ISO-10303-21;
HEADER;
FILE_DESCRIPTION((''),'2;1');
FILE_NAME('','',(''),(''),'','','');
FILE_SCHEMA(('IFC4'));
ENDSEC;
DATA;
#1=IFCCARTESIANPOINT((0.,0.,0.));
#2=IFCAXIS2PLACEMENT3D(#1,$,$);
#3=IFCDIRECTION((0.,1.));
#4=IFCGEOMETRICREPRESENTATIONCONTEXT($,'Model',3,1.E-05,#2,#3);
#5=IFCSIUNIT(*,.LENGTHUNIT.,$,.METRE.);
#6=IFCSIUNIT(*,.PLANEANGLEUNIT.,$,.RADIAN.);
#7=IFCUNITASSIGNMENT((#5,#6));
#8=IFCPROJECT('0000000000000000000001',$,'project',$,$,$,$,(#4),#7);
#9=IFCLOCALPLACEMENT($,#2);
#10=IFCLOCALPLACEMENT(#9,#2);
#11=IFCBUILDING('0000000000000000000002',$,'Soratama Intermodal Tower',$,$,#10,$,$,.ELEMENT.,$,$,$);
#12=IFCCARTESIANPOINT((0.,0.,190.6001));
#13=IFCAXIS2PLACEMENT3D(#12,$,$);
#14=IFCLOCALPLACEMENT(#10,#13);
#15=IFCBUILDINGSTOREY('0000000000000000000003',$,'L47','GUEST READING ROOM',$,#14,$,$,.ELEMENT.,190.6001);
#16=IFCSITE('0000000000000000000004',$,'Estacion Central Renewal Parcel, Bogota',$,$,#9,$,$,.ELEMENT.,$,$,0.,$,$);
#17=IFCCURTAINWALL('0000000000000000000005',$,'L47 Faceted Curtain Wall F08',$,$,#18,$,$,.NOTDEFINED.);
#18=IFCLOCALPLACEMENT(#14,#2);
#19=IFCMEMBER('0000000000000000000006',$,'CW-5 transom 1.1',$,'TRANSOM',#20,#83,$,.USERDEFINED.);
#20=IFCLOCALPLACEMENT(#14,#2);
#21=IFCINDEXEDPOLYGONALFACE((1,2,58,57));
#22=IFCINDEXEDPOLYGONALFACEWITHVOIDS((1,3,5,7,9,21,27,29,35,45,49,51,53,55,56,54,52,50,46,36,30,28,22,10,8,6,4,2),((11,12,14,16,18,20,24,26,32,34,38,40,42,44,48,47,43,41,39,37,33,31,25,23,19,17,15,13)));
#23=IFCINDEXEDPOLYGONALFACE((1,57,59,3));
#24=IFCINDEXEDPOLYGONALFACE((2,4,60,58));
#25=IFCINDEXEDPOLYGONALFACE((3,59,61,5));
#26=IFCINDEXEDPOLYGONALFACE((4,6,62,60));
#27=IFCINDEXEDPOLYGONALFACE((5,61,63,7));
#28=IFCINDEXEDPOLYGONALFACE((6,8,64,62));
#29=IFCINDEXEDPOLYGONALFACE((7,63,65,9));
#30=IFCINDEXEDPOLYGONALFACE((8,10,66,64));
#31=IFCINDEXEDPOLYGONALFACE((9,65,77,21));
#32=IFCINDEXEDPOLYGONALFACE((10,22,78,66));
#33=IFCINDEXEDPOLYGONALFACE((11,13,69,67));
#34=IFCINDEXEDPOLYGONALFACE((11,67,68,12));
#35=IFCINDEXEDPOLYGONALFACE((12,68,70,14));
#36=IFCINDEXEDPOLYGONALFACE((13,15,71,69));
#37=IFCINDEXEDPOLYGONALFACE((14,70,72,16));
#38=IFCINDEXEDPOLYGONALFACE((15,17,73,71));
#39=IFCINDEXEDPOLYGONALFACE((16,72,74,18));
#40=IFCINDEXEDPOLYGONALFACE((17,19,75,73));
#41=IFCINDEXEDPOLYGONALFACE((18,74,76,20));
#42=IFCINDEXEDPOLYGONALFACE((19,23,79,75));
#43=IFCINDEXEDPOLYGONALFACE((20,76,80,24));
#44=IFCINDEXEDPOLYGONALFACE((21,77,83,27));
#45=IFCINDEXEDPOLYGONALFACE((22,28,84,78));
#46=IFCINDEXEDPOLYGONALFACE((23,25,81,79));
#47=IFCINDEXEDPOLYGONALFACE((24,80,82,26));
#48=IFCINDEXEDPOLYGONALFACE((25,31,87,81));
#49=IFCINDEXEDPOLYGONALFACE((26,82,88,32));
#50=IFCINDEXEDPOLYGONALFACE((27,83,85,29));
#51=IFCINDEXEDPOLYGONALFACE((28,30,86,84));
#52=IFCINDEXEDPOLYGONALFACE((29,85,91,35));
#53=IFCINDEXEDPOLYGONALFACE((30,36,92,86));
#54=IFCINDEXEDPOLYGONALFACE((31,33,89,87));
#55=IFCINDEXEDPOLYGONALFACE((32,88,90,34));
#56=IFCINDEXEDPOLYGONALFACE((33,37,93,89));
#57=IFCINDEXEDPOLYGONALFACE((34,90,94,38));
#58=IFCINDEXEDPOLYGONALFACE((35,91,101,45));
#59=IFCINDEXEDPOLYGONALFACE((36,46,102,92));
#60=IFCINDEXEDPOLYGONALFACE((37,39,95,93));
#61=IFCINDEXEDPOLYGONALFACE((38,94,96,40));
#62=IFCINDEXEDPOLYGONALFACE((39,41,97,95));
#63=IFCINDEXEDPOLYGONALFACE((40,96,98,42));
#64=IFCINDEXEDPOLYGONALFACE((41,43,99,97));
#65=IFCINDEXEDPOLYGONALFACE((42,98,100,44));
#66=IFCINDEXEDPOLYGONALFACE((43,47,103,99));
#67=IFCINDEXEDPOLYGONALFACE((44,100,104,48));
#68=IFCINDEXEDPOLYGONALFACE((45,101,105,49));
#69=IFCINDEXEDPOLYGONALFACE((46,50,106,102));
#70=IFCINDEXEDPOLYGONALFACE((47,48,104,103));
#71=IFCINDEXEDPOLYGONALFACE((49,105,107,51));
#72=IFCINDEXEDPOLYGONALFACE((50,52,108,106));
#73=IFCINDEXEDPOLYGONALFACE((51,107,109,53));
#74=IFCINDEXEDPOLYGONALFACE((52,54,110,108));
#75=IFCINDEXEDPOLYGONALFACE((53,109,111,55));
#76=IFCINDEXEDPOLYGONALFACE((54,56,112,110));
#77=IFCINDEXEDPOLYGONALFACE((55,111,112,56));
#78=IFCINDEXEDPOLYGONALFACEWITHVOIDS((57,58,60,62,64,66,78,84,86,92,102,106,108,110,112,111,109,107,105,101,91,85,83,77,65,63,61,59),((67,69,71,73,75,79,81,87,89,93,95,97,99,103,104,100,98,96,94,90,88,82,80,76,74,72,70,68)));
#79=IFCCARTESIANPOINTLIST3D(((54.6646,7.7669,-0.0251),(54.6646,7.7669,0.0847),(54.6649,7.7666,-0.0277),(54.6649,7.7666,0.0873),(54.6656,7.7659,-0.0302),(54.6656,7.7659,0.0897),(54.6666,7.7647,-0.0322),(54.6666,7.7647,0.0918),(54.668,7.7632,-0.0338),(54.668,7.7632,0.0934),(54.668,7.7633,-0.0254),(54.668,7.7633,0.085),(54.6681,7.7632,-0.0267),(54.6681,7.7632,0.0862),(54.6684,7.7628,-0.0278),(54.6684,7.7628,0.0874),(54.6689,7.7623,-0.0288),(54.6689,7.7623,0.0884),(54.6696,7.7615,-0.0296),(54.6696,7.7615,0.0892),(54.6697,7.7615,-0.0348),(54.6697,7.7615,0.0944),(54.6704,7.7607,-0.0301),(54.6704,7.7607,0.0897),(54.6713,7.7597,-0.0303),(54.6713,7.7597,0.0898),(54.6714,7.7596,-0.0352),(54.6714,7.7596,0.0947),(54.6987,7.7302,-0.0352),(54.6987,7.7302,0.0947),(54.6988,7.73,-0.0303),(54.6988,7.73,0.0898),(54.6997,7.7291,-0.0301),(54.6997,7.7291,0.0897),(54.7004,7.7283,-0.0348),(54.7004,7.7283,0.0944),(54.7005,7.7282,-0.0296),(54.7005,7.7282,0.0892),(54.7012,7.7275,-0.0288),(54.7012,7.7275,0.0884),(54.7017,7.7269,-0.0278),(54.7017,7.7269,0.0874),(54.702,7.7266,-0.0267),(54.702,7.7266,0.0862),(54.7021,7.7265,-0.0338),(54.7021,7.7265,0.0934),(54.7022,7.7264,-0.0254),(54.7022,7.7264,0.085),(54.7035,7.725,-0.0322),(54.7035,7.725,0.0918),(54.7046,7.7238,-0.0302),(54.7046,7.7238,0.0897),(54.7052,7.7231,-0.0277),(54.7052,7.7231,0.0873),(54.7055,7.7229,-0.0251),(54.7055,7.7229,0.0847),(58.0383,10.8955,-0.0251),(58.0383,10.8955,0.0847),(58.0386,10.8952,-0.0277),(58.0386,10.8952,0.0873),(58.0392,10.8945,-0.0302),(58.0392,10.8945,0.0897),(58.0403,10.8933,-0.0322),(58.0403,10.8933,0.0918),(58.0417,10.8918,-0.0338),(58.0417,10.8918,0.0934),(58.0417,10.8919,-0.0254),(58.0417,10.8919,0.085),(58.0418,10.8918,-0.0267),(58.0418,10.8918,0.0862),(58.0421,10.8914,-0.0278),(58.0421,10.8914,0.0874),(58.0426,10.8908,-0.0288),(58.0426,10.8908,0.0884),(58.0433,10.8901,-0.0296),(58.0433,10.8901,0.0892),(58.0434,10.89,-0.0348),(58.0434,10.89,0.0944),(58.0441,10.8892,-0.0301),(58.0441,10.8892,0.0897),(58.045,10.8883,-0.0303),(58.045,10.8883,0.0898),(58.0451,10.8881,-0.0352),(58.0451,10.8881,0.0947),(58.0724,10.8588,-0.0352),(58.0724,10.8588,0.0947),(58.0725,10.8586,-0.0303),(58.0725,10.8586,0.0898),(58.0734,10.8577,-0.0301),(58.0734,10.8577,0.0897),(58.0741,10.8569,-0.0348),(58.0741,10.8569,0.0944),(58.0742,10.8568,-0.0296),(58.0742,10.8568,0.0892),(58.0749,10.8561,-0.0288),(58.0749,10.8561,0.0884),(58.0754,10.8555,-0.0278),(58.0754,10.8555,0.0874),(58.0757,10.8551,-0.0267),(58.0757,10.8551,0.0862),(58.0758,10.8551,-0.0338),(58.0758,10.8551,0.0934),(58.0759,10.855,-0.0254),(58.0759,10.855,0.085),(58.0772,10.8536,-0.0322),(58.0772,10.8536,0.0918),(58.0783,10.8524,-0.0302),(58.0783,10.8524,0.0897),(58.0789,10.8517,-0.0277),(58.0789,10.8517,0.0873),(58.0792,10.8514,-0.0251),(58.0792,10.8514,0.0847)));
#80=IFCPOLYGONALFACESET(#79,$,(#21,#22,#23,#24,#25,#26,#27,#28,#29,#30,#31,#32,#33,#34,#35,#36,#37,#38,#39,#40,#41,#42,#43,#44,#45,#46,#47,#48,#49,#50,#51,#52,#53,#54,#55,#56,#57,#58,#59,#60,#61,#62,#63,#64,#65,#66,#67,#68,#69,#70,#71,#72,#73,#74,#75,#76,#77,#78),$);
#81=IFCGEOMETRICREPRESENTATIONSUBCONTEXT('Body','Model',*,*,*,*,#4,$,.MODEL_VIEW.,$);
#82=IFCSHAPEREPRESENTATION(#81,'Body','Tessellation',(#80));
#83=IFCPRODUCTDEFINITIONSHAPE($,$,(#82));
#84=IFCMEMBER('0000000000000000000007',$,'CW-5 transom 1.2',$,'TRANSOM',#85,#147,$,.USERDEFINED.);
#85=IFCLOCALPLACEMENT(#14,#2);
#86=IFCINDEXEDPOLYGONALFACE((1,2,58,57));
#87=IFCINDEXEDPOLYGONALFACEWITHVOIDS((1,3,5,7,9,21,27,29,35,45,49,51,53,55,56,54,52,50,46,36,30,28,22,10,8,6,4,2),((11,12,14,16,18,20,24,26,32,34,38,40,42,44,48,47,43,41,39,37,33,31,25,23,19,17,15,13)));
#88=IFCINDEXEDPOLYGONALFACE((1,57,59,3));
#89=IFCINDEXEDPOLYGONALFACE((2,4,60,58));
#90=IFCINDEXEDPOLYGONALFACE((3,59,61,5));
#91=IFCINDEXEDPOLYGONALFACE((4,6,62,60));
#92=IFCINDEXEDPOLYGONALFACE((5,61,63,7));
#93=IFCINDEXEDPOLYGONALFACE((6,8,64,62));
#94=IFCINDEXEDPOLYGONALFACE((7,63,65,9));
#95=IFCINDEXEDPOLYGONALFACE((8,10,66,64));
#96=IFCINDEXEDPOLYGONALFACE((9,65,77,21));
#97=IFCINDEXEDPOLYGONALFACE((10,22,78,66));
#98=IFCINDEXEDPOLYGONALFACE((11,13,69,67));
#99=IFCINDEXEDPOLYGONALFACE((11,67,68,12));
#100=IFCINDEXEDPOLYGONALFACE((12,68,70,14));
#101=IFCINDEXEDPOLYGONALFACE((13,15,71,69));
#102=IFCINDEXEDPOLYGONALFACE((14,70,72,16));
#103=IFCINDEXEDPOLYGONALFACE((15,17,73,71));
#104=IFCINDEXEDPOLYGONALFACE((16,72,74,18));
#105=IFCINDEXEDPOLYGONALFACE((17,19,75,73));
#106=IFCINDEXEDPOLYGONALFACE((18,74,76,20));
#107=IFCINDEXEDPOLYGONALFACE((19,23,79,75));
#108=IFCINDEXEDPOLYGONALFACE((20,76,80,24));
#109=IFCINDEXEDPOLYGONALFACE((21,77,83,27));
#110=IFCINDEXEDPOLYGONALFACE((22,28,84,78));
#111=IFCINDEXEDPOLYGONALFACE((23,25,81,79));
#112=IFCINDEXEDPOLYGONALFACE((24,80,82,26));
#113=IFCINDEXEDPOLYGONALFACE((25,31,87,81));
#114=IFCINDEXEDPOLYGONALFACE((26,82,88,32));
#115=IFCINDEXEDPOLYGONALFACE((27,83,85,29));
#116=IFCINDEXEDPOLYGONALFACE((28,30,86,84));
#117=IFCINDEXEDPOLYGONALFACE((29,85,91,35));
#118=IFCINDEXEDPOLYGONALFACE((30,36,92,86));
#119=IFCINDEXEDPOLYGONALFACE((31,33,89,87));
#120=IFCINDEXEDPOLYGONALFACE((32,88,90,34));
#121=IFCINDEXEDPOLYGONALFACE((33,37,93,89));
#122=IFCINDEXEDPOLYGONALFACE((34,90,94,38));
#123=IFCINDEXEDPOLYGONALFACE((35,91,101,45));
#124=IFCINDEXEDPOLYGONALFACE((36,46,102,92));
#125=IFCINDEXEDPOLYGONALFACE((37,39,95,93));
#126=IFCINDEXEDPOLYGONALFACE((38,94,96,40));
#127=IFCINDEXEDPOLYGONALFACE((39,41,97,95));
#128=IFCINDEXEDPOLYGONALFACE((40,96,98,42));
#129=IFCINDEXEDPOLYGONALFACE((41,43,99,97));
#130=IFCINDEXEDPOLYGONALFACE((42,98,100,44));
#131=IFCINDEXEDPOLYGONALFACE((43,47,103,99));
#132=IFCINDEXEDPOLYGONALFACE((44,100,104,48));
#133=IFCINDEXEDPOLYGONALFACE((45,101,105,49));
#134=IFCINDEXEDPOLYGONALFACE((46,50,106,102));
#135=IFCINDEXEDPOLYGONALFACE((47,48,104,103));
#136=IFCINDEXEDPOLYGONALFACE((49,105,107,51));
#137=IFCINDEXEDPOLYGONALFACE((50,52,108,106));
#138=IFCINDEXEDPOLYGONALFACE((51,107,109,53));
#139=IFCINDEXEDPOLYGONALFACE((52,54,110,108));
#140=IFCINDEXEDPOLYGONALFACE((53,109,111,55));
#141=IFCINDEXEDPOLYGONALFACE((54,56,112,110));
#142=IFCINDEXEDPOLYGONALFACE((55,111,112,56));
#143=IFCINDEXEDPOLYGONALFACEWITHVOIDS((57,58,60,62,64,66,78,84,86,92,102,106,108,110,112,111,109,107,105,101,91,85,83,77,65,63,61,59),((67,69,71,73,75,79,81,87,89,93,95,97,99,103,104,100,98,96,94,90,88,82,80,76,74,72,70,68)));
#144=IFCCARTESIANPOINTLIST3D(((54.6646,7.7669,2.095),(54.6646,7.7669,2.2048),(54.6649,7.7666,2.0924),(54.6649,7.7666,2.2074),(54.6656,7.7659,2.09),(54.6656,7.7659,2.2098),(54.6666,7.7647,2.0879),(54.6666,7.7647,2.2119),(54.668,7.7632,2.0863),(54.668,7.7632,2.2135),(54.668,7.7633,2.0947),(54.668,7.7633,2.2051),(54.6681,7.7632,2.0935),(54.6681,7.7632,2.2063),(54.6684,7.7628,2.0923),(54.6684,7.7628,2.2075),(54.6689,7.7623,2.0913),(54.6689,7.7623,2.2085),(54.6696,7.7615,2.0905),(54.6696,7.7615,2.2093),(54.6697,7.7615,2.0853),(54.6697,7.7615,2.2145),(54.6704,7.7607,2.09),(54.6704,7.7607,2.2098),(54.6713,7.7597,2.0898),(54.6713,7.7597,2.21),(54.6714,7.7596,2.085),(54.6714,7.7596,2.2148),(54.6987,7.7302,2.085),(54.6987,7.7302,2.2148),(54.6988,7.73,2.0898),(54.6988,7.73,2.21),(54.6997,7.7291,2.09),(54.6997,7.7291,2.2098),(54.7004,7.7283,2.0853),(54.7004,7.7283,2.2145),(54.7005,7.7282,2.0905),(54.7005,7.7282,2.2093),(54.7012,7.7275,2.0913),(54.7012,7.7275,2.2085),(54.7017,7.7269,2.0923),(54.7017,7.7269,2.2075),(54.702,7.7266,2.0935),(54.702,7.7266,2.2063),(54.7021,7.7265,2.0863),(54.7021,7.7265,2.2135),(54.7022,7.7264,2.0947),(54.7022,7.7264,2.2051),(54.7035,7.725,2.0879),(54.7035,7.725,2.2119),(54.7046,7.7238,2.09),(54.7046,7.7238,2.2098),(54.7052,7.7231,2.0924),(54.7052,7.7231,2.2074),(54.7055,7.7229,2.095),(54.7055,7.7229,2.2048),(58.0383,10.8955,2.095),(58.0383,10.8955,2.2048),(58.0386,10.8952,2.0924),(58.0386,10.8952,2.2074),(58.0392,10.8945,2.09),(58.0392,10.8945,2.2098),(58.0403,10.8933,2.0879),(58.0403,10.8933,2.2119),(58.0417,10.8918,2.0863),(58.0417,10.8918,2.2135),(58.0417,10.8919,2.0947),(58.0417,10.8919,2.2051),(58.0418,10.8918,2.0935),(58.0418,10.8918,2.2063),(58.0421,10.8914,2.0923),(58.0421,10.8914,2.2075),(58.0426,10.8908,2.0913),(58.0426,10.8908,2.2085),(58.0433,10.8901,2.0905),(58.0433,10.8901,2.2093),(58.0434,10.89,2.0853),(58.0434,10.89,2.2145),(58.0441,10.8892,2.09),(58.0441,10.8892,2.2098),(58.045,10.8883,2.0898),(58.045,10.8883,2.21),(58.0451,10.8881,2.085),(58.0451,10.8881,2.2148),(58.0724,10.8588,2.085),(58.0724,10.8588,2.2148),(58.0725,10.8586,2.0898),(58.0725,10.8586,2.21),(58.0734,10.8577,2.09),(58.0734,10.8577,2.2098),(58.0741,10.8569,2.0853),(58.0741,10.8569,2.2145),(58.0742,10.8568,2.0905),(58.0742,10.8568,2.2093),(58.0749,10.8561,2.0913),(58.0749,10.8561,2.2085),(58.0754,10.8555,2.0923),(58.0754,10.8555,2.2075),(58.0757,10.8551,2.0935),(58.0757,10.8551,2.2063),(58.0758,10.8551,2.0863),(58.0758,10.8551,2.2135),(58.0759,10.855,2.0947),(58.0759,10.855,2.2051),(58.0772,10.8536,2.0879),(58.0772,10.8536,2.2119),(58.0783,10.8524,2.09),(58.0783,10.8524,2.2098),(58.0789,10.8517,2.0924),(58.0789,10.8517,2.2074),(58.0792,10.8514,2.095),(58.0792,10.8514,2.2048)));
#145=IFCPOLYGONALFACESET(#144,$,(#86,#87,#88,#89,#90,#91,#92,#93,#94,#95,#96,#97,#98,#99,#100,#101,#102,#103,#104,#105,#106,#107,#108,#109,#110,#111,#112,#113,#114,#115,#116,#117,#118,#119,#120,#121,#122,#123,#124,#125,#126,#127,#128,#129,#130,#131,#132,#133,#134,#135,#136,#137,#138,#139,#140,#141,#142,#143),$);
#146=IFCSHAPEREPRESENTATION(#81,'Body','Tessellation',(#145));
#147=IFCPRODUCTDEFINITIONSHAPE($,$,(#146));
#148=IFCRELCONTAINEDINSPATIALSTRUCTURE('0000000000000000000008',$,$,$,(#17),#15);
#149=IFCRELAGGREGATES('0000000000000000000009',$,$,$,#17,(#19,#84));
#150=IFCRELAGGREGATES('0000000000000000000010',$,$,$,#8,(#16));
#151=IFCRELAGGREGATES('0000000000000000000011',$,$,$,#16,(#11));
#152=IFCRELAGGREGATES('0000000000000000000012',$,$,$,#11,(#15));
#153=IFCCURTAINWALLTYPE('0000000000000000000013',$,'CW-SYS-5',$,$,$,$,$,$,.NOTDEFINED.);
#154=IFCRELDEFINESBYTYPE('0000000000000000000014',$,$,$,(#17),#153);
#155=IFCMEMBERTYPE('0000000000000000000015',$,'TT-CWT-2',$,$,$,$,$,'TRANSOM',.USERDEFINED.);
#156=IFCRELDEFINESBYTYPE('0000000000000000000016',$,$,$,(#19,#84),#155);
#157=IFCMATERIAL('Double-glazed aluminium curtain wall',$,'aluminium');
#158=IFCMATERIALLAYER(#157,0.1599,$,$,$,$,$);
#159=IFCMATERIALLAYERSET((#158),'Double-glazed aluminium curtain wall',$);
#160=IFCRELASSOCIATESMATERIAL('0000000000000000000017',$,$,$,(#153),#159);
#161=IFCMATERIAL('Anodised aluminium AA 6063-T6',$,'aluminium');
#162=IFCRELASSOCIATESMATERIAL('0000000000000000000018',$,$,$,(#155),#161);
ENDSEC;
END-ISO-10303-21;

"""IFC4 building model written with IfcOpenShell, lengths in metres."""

from ifc_helpers import new_model, si_unit, direction, frame, origin, origin_2d, place, context, subcontext, project, spatial, hollow_rectangle, extrude, material, layer, layer_set, material_profile, profile_set, type_object, element, aggregate, save


model = new_model("IFC4")

# Units and contexts
model_context = context("Model", 3, precision=1e-05, world=origin(), true_north=direction((0.0, 1.0)))
body_context = subcontext(model_context, "Body", "Model", "MODEL_VIEW")
ifc_project = project(units=[si_unit("LENGTHUNIT", "METRE"), si_unit("PLANEANGLEUNIT", "RADIAN")], contexts=[model_context])

# Site, building, storey
site_placement = place(None, origin())
site = spatial("IfcSite", under=ifc_project, at=site_placement, Name="Estacion Central Renewal Parcel, Bogota", CompositionType="ELEMENT", RefElevation=0.0)
building_placement = place(site_placement, origin())
building = spatial("IfcBuilding", under=site, at=building_placement, Name="Soratama Intermodal Tower", CompositionType="ELEMENT")
storey_placement = place(building_placement, frame((0.0, 0.0, 190.6001)))
storey = spatial("IfcBuildingStorey", under=building, at=storey_placement, Name="L47", Description="GUEST READING ROOM", CompositionType="ELEMENT", Elevation=190.6001)

# Curtain wall, members
ifc_material_1 = material(Name="Double-glazed aluminium curtain wall", Category="aluminium")
ifc_layer_1 = layer(ifc_material_1, 0.1599)
ifc_layer_set_1 = layer_set([ifc_layer_1], Name="Double-glazed aluminium curtain wall")
curtain_wall_type = type_object("IfcCurtainWallType", Name="CW-SYS-5", PredefinedType="NOTDEFINED", material=ifc_layer_set_1)
curtain_wall_placement = place(storey_placement, origin())
curtain_wall = element("IfcCurtainWall", 1, at=curtain_wall_placement, inside=storey, type_object=curtain_wall_type, Name="L47 Faceted Curtain Wall F08", PredefinedType="NOTDEFINED")
ifc_material_2 = material(Name="Anodised aluminium AA 6063-T6", Category="aluminium")
ifc_material_profile_1 = material_profile(ifc_material_2, hollow_rectangle(XDim=0.0601, YDim=0.1299, WallThickness=0.0049, InnerFilletRadius=0.0049, OuterFilletRadius=0.01, at=origin_2d()), Name="CWT130X60X5")
ifc_profile_set_1 = profile_set([ifc_material_profile_1], Name="Anodised aluminium AA 6063-T6")
member_type_1 = type_object("IfcMemberType", Name="TT-CWT-2", ElementType="TRANSOM", PredefinedType="USERDEFINED", material=ifc_profile_set_1)
member_1_placement = place(storey_placement, frame((54.6851, 7.7449, 0.0298), z_axis=(0.733241, 0.679969, 0.0), x_axis=(-0.679969, 0.733241, 0.0)))
member_1 = element("IfcMember", 2, at=member_1_placement, type_object=member_type_1, Name="CW-5 transom 1.1", ObjectType="TRANSOM", PredefinedType="USERDEFINED", context=body_context, shape_type="SweptSolid", body=[
    extrude(hollow_rectangle(XDim=0.0601, YDim=0.1299, WallThickness=0.0049, InnerFilletRadius=0.0049, OuterFilletRadius=0.01, at=origin_2d()), origin(), (0.0, 0.0, 1.0), 4.6011),
])
member_2_placement = place(storey_placement, frame((54.6851, 7.7449, 2.1499), z_axis=(0.733241, 0.679969, 0.0), x_axis=(-0.679969, 0.733241, 0.0)))
member_2 = element("IfcMember", 3, at=member_2_placement, type_object=member_type_1, Name="CW-5 transom 1.2", ObjectType="TRANSOM", PredefinedType="USERDEFINED", context=body_context, shape_type="SweptSolid", body=[
    extrude(hollow_rectangle(XDim=0.0601, YDim=0.1299, WallThickness=0.0049, InnerFilletRadius=0.0049, OuterFilletRadius=0.01, at=origin_2d()), origin(), (0.0, 0.0, 1.0), 4.6011),
])
aggregate(curtain_wall, [member_1, member_2])

save(model, "model.ifc")
